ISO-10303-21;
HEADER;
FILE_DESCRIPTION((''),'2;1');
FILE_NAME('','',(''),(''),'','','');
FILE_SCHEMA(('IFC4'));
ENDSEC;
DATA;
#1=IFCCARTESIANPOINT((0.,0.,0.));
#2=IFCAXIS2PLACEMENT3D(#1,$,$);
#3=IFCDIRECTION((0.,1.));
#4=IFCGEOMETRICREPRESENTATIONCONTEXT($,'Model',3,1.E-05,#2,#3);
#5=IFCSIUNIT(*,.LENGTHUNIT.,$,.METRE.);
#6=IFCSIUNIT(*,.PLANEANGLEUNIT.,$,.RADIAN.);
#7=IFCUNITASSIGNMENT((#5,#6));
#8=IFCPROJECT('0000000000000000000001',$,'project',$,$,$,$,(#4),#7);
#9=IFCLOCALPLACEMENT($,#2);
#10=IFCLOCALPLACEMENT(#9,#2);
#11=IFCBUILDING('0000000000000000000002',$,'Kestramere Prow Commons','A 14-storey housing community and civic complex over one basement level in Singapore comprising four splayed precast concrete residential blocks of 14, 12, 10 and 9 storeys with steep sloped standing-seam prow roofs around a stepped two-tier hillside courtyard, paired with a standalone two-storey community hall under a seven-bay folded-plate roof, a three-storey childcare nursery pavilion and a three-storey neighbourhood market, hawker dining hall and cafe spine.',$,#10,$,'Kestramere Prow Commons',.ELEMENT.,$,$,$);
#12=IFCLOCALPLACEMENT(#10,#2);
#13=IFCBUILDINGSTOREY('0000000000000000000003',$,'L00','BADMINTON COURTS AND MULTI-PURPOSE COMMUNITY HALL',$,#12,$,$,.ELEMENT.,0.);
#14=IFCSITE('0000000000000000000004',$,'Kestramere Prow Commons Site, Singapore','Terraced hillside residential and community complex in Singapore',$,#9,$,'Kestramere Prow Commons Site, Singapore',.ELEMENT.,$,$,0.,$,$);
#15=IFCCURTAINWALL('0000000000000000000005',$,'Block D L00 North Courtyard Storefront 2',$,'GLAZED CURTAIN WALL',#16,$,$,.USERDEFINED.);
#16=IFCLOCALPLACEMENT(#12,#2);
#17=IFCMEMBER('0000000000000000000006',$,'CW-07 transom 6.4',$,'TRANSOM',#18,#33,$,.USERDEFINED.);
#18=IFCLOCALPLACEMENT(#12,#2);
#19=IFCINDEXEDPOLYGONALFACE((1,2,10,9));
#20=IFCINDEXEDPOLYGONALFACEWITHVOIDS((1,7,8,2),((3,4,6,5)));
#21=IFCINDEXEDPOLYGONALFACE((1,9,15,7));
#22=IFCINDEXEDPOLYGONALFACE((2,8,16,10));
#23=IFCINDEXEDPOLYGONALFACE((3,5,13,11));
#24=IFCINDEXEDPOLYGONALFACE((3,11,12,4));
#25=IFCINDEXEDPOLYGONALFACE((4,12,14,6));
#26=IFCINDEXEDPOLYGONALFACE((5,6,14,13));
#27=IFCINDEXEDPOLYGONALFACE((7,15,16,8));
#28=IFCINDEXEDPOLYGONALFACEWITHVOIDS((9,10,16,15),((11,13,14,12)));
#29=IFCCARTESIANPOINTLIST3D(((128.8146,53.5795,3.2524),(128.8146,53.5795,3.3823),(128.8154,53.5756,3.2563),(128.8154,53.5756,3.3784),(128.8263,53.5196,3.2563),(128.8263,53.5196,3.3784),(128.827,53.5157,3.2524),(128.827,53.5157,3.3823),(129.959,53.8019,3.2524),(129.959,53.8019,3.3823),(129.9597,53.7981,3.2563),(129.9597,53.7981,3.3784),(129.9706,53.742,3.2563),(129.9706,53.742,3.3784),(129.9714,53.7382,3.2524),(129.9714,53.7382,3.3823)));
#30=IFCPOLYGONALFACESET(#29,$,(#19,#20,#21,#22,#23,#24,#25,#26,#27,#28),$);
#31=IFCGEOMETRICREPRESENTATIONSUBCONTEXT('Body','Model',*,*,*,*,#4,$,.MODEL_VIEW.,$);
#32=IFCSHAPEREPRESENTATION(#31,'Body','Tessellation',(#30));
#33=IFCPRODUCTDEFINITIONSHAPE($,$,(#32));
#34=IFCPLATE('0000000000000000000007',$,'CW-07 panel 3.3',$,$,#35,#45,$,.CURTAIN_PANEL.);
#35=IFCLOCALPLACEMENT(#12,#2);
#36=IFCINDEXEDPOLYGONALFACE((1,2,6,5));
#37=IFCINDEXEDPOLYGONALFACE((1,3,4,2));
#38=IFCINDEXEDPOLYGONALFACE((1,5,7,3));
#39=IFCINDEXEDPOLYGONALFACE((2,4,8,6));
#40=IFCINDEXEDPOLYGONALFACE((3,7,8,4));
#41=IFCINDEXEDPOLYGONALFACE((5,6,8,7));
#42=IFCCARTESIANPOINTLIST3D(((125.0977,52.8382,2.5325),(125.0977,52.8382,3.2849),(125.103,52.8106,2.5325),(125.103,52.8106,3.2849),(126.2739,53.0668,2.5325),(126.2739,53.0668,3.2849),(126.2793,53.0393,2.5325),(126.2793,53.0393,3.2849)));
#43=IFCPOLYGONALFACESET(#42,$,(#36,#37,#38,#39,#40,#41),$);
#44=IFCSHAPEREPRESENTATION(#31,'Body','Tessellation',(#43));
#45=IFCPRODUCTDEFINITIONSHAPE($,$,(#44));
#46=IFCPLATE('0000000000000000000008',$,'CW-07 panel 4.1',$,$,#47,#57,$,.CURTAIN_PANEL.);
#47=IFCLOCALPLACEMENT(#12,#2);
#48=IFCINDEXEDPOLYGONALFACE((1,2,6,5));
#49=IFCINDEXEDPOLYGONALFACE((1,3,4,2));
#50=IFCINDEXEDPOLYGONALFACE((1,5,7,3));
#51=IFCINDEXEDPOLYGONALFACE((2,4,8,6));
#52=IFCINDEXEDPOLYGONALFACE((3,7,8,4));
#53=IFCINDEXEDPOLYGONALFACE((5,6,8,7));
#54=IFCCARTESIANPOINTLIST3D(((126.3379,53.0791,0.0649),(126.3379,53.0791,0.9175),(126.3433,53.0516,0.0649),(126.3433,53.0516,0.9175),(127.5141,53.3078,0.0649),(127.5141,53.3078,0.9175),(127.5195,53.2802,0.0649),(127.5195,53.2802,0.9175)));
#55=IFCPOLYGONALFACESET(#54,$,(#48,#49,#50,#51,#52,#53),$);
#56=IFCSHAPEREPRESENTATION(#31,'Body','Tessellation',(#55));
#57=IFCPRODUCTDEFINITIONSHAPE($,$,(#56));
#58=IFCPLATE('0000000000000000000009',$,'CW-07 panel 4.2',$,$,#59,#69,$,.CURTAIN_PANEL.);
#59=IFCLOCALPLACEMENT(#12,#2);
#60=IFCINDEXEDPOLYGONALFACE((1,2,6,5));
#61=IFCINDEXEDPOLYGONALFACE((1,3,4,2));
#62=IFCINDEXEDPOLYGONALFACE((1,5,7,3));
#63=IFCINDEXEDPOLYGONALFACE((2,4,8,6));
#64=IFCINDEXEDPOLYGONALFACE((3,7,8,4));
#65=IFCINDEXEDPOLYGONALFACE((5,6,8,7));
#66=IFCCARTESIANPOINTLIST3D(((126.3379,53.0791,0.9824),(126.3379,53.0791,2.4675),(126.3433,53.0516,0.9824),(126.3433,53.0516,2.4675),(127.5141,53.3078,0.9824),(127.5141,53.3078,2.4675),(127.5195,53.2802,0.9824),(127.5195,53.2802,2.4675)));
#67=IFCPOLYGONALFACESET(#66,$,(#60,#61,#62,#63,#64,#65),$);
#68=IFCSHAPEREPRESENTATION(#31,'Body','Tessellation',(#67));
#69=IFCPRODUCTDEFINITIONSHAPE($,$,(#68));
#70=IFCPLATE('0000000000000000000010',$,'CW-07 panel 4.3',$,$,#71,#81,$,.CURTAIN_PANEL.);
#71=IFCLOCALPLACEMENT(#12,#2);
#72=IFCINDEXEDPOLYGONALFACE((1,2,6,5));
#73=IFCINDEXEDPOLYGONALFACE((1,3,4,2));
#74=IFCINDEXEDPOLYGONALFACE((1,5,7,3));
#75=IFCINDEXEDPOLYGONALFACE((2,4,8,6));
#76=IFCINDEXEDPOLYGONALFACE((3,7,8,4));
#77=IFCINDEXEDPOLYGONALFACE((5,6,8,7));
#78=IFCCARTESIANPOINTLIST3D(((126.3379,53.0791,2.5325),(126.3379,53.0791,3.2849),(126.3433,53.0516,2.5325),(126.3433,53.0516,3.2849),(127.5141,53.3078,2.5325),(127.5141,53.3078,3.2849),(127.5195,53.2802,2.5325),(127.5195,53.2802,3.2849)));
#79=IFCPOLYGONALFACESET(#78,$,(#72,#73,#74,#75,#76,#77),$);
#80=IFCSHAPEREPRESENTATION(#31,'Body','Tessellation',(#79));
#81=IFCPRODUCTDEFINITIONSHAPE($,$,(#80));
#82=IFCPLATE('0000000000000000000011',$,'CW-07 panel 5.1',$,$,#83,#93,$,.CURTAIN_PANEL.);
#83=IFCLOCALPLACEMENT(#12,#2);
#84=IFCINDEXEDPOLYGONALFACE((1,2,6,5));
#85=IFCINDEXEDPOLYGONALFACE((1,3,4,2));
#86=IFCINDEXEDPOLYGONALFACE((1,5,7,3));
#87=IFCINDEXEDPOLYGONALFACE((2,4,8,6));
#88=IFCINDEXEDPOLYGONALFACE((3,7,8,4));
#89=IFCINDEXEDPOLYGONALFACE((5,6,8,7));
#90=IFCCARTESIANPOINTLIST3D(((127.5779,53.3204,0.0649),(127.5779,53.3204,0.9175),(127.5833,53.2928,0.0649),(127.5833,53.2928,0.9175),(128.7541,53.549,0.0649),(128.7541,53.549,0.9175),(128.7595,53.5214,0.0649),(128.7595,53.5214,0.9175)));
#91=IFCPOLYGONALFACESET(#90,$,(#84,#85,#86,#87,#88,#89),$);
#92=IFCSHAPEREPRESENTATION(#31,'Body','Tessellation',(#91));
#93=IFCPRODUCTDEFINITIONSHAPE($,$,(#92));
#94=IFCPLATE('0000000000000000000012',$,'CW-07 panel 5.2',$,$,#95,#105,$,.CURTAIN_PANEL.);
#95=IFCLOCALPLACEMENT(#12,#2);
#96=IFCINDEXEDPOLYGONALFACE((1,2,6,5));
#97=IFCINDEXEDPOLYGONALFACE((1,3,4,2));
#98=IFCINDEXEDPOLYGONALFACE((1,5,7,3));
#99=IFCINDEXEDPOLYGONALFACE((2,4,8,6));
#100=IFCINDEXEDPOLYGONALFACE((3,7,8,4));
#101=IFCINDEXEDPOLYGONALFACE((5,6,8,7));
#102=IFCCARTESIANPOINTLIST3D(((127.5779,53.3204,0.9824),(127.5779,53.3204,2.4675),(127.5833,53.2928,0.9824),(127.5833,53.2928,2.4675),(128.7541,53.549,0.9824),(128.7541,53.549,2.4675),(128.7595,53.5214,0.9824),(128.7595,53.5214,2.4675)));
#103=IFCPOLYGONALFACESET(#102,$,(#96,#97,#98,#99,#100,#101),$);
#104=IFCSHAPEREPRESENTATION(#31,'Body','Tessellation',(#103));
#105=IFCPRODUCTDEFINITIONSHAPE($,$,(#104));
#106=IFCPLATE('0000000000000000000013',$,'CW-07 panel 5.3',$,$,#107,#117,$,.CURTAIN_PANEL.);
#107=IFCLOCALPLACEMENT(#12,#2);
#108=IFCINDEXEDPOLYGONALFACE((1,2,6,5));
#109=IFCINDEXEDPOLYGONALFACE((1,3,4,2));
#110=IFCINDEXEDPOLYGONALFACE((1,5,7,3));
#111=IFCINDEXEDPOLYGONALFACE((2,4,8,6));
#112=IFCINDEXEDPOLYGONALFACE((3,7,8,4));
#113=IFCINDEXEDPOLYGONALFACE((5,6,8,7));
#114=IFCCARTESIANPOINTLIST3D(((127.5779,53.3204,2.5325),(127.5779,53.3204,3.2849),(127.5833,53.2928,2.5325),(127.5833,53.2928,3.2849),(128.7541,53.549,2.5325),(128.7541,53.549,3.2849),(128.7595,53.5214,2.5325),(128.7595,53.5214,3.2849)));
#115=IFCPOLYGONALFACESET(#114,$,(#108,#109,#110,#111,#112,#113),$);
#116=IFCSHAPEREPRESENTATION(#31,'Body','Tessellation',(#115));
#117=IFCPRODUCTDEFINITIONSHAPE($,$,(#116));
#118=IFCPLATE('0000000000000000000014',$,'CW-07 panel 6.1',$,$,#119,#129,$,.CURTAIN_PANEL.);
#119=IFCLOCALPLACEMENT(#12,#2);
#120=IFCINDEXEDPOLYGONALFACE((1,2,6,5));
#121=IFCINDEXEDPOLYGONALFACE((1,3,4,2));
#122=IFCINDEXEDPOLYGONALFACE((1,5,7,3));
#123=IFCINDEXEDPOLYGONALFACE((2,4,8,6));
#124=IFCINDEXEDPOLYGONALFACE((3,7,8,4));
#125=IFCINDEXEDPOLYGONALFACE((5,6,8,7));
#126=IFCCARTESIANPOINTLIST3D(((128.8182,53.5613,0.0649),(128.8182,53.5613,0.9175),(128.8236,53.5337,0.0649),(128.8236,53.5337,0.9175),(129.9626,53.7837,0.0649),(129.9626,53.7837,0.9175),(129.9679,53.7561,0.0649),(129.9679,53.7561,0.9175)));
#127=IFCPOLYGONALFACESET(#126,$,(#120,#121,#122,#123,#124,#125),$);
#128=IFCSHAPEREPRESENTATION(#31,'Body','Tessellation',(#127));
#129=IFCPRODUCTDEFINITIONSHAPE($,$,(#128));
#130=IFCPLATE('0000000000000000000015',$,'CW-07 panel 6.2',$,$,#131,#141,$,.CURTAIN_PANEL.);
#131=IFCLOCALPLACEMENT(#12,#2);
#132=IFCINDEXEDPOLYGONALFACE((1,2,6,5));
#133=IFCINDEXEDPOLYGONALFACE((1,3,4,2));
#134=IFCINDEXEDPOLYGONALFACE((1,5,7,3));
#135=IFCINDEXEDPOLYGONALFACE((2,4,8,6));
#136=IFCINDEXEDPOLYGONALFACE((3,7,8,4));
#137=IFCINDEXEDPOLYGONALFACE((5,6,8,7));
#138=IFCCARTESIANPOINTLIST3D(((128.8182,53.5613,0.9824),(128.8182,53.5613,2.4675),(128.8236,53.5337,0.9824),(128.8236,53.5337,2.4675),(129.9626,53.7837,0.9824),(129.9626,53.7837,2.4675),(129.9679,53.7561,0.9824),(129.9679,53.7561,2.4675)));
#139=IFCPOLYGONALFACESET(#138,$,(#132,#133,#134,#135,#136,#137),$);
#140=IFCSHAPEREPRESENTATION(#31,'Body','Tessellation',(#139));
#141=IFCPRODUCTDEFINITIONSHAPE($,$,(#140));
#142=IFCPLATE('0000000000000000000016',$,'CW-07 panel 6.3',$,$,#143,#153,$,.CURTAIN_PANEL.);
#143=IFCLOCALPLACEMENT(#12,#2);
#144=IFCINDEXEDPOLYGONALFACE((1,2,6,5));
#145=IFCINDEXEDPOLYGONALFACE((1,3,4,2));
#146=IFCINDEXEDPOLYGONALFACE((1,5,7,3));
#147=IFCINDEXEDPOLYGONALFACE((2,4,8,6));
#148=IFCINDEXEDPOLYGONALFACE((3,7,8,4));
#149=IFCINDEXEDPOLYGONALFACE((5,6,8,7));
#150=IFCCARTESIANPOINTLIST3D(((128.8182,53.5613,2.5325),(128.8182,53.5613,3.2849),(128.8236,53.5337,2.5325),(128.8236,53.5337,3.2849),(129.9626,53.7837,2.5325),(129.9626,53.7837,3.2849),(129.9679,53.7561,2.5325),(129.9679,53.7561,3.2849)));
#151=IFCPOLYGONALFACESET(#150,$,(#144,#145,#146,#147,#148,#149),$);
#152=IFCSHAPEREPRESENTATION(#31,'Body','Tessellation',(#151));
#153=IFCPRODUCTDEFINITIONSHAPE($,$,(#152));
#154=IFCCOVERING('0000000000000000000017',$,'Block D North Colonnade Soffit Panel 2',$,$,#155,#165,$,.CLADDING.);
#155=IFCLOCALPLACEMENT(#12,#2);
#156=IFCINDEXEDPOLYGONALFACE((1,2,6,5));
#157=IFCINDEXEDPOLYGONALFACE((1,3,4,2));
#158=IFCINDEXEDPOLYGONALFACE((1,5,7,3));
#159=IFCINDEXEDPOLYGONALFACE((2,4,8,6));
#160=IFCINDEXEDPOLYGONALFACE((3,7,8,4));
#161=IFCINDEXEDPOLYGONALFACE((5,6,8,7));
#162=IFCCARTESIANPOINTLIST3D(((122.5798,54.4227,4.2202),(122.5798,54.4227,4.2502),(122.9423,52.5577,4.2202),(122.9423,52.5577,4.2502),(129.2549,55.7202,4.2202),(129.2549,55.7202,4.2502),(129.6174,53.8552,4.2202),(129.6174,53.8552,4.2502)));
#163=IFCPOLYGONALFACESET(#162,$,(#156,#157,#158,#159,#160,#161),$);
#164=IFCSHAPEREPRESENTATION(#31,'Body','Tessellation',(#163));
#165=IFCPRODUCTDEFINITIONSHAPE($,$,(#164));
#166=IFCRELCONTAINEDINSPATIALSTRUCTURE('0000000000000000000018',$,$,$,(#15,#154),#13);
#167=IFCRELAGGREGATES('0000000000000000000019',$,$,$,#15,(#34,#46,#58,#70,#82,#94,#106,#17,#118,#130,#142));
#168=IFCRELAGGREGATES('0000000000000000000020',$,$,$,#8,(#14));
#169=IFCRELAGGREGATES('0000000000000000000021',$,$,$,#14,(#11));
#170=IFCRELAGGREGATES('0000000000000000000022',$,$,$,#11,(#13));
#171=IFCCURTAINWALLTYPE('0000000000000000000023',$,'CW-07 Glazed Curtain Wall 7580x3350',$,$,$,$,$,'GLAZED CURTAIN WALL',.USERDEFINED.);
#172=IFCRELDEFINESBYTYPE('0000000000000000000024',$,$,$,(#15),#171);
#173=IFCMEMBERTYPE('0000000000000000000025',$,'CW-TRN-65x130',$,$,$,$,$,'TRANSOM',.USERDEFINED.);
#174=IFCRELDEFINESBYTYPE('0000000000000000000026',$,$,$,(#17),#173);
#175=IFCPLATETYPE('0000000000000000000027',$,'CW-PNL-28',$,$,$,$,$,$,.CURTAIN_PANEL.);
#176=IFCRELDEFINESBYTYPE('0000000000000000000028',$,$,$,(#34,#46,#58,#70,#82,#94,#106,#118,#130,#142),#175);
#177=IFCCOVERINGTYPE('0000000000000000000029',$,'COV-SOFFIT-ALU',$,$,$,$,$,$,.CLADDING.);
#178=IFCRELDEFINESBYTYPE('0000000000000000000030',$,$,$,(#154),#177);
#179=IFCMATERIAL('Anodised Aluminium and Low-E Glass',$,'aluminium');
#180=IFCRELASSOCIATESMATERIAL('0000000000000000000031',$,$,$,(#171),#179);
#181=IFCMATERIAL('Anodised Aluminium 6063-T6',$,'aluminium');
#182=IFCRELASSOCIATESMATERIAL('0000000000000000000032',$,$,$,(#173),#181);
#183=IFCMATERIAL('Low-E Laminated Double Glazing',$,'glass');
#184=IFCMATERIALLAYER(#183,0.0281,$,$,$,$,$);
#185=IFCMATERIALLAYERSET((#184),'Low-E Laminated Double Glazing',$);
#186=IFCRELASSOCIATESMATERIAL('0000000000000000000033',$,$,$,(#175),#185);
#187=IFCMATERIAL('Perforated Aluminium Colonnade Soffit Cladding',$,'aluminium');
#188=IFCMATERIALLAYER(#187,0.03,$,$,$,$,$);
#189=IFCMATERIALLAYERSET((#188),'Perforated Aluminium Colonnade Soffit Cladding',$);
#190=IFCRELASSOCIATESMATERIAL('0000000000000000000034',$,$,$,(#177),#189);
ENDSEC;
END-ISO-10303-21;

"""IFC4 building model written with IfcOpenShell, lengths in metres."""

from ifc_helpers import new_model, si_unit, direction, frame, origin, origin_2d, place, context, subcontext, project, spatial, rectangle, hollow_rectangle, extrude, material, layer, layer_set, material_profile, profile_set, type_object, element, aggregate, save


model = new_model("IFC4")

# Units and contexts
model_context = context("Model", 3, precision=1e-05, world=origin(), true_north=direction((0.0, 1.0)))
body_context = subcontext(model_context, "Body", "Model", "MODEL_VIEW")
ifc_project = project(units=[si_unit("LENGTHUNIT", "METRE"), si_unit("PLANEANGLEUNIT", "RADIAN")], contexts=[model_context])

# Site, building, storey
site_placement = place(None, origin())
site = spatial("IfcSite", under=ifc_project, at=site_placement, Name="Kestramere Prow Commons Site, Singapore", Description="Terraced hillside residential and community complex in Singapore", LongName="Kestramere Prow Commons Site, Singapore", CompositionType="ELEMENT", RefElevation=0.0)
building_placement = place(site_placement, origin())
building = spatial("IfcBuilding", under=site, at=building_placement, Name="Kestramere Prow Commons", Description="A 14-storey housing community and civic complex over one basement level in Singapore comprising four splayed precast concrete residential blocks of 14, 12, 10 and 9 storeys with steep sloped standing-seam prow roofs around a stepped two-tier hillside courtyard, paired with a standalone two-storey community hall under a seven-bay folded-plate roof, a three-storey childcare nursery pavilion and a three-storey neighbourhood market, hawker dining hall and cafe spine.", LongName="Kestramere Prow Commons", CompositionType="ELEMENT")
storey_placement = place(building_placement, origin())
storey = spatial("IfcBuildingStorey", under=building, at=storey_placement, Name="L00", Description="BADMINTON COURTS AND MULTI-PURPOSE COMMUNITY HALL", CompositionType="ELEMENT", Elevation=0.0)

# Curtain wall, member, plates
ifc_material_1 = material(Name="Anodised Aluminium and Low-E Glass", Category="aluminium")
curtain_wall_type = type_object("IfcCurtainWallType", Name="CW-07 Glazed Curtain Wall 7580x3350", ElementType="GLAZED CURTAIN WALL", PredefinedType="USERDEFINED", material=ifc_material_1)
curtain_wall_placement = place(storey_placement, origin())
curtain_wall = element("IfcCurtainWall", 1, at=curtain_wall_placement, inside=storey, type_object=curtain_wall_type, Name="Block D L00 North Courtyard Storefront 2", ObjectType="GLAZED CURTAIN WALL", PredefinedType="USERDEFINED")
ifc_material_2 = material(Name="Anodised Aluminium 6063-T6", Category="aluminium")
ifc_material_profile_1 = material_profile(ifc_material_2, hollow_rectangle(XDim=0.0649, YDim=0.1299, WallThickness=0.0039, at=origin_2d()), Name="ALU-TRN 65x130")
ifc_profile_set_1 = profile_set([ifc_material_profile_1], Name="Anodised Aluminium 6063-T6")
member_type_1 = type_object("IfcMemberType", Name="CW-TRN-65x130", ElementType="TRANSOM", PredefinedType="USERDEFINED", material=ifc_profile_set_1)
member_1_placement = place(storey_placement, frame((128.8208, 53.5476, 3.3174), z_axis=(0.98163, 0.190797, 0.0), x_axis=(-0.190797, 0.98163, 0.0)))
member_1 = element("IfcMember", 2, at=member_1_placement, type_object=member_type_1, Name="CW-07 transom 6.4", ObjectType="TRANSOM", PredefinedType="USERDEFINED", context=body_context, shape_type="SweptSolid", body=[
    extrude(hollow_rectangle(XDim=0.0649, YDim=0.1299, WallThickness=0.0039, at=origin_2d()), origin(), (0.0, 0.0, 1.0), 1.1658),
])
ifc_material_3 = material(Name="Low-E Laminated Double Glazing", Category="glass")
ifc_layer_1 = layer(ifc_material_3, 0.0281)
ifc_layer_set_1 = layer_set([ifc_layer_1], Name="Low-E Laminated Double Glazing")
plate_type = type_object("IfcPlateType", Name="CW-PNL-28", PredefinedType="CURTAIN_PANEL", material=ifc_layer_set_1)
plate_1_placement = place(storey_placement, frame((125.6885, 52.9387, 2.5325), z_axis=(0.0, 0.0, 1.0), x_axis=(0.981627, 0.190809, 0.0)))
plate_1 = element("IfcPlate", 3, at=plate_1_placement, type_object=plate_type, Name="CW-07 panel 3.3", PredefinedType="CURTAIN_PANEL", context=body_context, shape_type="SweptSolid", body=[
    extrude(rectangle(XDim=1.1982, YDim=0.0281, at=origin_2d()), origin(), (0.0, 0.0, 1.0), 0.7524),
])
plate_2_placement = place(storey_placement, frame((126.9287, 53.1797, 0.0649), z_axis=(0.0, 0.0, 1.0), x_axis=(0.981627, 0.190809, 0.0)))
plate_2 = element("IfcPlate", 4, at=plate_2_placement, type_object=plate_type, Name="CW-07 panel 4.1", PredefinedType="CURTAIN_PANEL", context=body_context, shape_type="SweptSolid", body=[
    extrude(rectangle(XDim=1.1982, YDim=0.0281, at=origin_2d()), origin(), (0.0, 0.0, 1.0), 0.8525),
])
plate_3_placement = place(storey_placement, frame((126.9287, 53.1797, 0.9824), z_axis=(0.0, 0.0, 1.0), x_axis=(0.981627, 0.190809, 0.0)))
plate_3 = element("IfcPlate", 5, at=plate_3_placement, type_object=plate_type, Name="CW-07 panel 4.2", PredefinedType="CURTAIN_PANEL", context=body_context, shape_type="SweptSolid", body=[
    extrude(rectangle(XDim=1.1982, YDim=0.0281, at=origin_2d()), origin(), (0.0, 0.0, 1.0), 1.4851),
])
plate_4_placement = place(storey_placement, frame((126.9287, 53.1797, 2.5325), z_axis=(0.0, 0.0, 1.0), x_axis=(0.981627, 0.190809, 0.0)))
plate_4 = element("IfcPlate", 6, at=plate_4_placement, type_object=plate_type, Name="CW-07 panel 4.3", PredefinedType="CURTAIN_PANEL", context=body_context, shape_type="SweptSolid", body=[
    extrude(rectangle(XDim=1.1982, YDim=0.0281, at=origin_2d()), origin(), (0.0, 0.0, 1.0), 0.7524),
])
plate_5_placement = place(storey_placement, frame((128.1687, 53.4209, 0.0649), z_axis=(0.0, 0.0, 1.0), x_axis=(0.981627, 0.190809, 0.0)))
plate_5 = element("IfcPlate", 7, at=plate_5_placement, type_object=plate_type, Name="CW-07 panel 5.1", PredefinedType="CURTAIN_PANEL", context=body_context, shape_type="SweptSolid", body=[
    extrude(rectangle(XDim=1.1982, YDim=0.0281, at=origin_2d()), origin(), (0.0, 0.0, 1.0), 0.8525),
])
plate_6_placement = place(storey_placement, frame((128.1687, 53.4209, 0.9824), z_axis=(0.0, 0.0, 1.0), x_axis=(0.981627, 0.190809, 0.0)))
plate_6 = element("IfcPlate", 8, at=plate_6_placement, type_object=plate_type, Name="CW-07 panel 5.2", PredefinedType="CURTAIN_PANEL", context=body_context, shape_type="SweptSolid", body=[
    extrude(rectangle(XDim=1.1982, YDim=0.0281, at=origin_2d()), origin(), (0.0, 0.0, 1.0), 1.4851),
])
plate_7_placement = place(storey_placement, frame((128.1687, 53.4209, 2.5325), z_axis=(0.0, 0.0, 1.0), x_axis=(0.981627, 0.190809, 0.0)))
plate_7 = element("IfcPlate", 9, at=plate_7_placement, type_object=plate_type, Name="CW-07 panel 5.3", PredefinedType="CURTAIN_PANEL", context=body_context, shape_type="SweptSolid", body=[
    extrude(rectangle(XDim=1.1982, YDim=0.0281, at=origin_2d()), origin(), (0.0, 0.0, 1.0), 0.7524),
])
plate_8_placement = place(storey_placement, frame((129.3931, 53.6587, 0.0649), z_axis=(0.0, 0.0, 1.0), x_axis=(0.981627, 0.190809, 0.0)))
plate_8 = element("IfcPlate", 10, at=plate_8_placement, type_object=plate_type, Name="CW-07 panel 6.1", PredefinedType="CURTAIN_PANEL", context=body_context, shape_type="SweptSolid", body=[
    extrude(rectangle(XDim=1.1658, YDim=0.0281, at=origin_2d()), origin(), (0.0, 0.0, 1.0), 0.8525),
])
plate_9_placement = place(storey_placement, frame((129.3931, 53.6587, 0.9824), z_axis=(0.0, 0.0, 1.0), x_axis=(0.981627, 0.190809, 0.0)))
plate_9 = element("IfcPlate", 11, at=plate_9_placement, type_object=plate_type, Name="CW-07 panel 6.2", PredefinedType="CURTAIN_PANEL", context=body_context, shape_type="SweptSolid", body=[
    extrude(rectangle(XDim=1.1658, YDim=0.0281, at=origin_2d()), origin(), (0.0, 0.0, 1.0), 1.4851),
])
plate_10_placement = place(storey_placement, frame((129.3931, 53.6587, 2.5325), z_axis=(0.0, 0.0, 1.0), x_axis=(0.981627, 0.190809, 0.0)))
plate_10 = element("IfcPlate", 12, at=plate_10_placement, type_object=plate_type, Name="CW-07 panel 6.3", PredefinedType="CURTAIN_PANEL", context=body_context, shape_type="SweptSolid", body=[
    extrude(rectangle(XDim=1.1658, YDim=0.0281, at=origin_2d()), origin(), (0.0, 0.0, 1.0), 0.7524),
])
aggregate(curtain_wall, [plate_1, plate_2, plate_3, plate_4, plate_5, plate_6, plate_7, member_1, plate_8, plate_9, plate_10])

# Covering
ifc_material_4 = material(Name="Perforated Aluminium Colonnade Soffit Cladding", Category="aluminium")
ifc_layer_2 = layer(ifc_material_4, 0.03)
ifc_layer_set_2 = layer_set([ifc_layer_2], Name="Perforated Aluminium Colonnade Soffit Cladding")
covering_type = type_object("IfcCoveringType", Name="COV-SOFFIT-ALU", PredefinedType="CLADDING", material=ifc_layer_set_2)
covering_placement = place(storey_placement, frame((126.0986, 54.1389, 4.2202), z_axis=(0.0, 0.0, 1.0), x_axis=(0.981627, 0.190809, 0.0)))
element("IfcCovering", 13, at=covering_placement, inside=storey, type_object=covering_type, Name="Block D North Colonnade Soffit Panel 2", PredefinedType="CLADDING", context=body_context, shape_type="SweptSolid", body=[
    extrude(rectangle(XDim=6.8, YDim=1.8999, at=origin_2d()), origin(), (0.0, 0.0, 1.0), 0.03),
])

save(model, "model.ifc")
